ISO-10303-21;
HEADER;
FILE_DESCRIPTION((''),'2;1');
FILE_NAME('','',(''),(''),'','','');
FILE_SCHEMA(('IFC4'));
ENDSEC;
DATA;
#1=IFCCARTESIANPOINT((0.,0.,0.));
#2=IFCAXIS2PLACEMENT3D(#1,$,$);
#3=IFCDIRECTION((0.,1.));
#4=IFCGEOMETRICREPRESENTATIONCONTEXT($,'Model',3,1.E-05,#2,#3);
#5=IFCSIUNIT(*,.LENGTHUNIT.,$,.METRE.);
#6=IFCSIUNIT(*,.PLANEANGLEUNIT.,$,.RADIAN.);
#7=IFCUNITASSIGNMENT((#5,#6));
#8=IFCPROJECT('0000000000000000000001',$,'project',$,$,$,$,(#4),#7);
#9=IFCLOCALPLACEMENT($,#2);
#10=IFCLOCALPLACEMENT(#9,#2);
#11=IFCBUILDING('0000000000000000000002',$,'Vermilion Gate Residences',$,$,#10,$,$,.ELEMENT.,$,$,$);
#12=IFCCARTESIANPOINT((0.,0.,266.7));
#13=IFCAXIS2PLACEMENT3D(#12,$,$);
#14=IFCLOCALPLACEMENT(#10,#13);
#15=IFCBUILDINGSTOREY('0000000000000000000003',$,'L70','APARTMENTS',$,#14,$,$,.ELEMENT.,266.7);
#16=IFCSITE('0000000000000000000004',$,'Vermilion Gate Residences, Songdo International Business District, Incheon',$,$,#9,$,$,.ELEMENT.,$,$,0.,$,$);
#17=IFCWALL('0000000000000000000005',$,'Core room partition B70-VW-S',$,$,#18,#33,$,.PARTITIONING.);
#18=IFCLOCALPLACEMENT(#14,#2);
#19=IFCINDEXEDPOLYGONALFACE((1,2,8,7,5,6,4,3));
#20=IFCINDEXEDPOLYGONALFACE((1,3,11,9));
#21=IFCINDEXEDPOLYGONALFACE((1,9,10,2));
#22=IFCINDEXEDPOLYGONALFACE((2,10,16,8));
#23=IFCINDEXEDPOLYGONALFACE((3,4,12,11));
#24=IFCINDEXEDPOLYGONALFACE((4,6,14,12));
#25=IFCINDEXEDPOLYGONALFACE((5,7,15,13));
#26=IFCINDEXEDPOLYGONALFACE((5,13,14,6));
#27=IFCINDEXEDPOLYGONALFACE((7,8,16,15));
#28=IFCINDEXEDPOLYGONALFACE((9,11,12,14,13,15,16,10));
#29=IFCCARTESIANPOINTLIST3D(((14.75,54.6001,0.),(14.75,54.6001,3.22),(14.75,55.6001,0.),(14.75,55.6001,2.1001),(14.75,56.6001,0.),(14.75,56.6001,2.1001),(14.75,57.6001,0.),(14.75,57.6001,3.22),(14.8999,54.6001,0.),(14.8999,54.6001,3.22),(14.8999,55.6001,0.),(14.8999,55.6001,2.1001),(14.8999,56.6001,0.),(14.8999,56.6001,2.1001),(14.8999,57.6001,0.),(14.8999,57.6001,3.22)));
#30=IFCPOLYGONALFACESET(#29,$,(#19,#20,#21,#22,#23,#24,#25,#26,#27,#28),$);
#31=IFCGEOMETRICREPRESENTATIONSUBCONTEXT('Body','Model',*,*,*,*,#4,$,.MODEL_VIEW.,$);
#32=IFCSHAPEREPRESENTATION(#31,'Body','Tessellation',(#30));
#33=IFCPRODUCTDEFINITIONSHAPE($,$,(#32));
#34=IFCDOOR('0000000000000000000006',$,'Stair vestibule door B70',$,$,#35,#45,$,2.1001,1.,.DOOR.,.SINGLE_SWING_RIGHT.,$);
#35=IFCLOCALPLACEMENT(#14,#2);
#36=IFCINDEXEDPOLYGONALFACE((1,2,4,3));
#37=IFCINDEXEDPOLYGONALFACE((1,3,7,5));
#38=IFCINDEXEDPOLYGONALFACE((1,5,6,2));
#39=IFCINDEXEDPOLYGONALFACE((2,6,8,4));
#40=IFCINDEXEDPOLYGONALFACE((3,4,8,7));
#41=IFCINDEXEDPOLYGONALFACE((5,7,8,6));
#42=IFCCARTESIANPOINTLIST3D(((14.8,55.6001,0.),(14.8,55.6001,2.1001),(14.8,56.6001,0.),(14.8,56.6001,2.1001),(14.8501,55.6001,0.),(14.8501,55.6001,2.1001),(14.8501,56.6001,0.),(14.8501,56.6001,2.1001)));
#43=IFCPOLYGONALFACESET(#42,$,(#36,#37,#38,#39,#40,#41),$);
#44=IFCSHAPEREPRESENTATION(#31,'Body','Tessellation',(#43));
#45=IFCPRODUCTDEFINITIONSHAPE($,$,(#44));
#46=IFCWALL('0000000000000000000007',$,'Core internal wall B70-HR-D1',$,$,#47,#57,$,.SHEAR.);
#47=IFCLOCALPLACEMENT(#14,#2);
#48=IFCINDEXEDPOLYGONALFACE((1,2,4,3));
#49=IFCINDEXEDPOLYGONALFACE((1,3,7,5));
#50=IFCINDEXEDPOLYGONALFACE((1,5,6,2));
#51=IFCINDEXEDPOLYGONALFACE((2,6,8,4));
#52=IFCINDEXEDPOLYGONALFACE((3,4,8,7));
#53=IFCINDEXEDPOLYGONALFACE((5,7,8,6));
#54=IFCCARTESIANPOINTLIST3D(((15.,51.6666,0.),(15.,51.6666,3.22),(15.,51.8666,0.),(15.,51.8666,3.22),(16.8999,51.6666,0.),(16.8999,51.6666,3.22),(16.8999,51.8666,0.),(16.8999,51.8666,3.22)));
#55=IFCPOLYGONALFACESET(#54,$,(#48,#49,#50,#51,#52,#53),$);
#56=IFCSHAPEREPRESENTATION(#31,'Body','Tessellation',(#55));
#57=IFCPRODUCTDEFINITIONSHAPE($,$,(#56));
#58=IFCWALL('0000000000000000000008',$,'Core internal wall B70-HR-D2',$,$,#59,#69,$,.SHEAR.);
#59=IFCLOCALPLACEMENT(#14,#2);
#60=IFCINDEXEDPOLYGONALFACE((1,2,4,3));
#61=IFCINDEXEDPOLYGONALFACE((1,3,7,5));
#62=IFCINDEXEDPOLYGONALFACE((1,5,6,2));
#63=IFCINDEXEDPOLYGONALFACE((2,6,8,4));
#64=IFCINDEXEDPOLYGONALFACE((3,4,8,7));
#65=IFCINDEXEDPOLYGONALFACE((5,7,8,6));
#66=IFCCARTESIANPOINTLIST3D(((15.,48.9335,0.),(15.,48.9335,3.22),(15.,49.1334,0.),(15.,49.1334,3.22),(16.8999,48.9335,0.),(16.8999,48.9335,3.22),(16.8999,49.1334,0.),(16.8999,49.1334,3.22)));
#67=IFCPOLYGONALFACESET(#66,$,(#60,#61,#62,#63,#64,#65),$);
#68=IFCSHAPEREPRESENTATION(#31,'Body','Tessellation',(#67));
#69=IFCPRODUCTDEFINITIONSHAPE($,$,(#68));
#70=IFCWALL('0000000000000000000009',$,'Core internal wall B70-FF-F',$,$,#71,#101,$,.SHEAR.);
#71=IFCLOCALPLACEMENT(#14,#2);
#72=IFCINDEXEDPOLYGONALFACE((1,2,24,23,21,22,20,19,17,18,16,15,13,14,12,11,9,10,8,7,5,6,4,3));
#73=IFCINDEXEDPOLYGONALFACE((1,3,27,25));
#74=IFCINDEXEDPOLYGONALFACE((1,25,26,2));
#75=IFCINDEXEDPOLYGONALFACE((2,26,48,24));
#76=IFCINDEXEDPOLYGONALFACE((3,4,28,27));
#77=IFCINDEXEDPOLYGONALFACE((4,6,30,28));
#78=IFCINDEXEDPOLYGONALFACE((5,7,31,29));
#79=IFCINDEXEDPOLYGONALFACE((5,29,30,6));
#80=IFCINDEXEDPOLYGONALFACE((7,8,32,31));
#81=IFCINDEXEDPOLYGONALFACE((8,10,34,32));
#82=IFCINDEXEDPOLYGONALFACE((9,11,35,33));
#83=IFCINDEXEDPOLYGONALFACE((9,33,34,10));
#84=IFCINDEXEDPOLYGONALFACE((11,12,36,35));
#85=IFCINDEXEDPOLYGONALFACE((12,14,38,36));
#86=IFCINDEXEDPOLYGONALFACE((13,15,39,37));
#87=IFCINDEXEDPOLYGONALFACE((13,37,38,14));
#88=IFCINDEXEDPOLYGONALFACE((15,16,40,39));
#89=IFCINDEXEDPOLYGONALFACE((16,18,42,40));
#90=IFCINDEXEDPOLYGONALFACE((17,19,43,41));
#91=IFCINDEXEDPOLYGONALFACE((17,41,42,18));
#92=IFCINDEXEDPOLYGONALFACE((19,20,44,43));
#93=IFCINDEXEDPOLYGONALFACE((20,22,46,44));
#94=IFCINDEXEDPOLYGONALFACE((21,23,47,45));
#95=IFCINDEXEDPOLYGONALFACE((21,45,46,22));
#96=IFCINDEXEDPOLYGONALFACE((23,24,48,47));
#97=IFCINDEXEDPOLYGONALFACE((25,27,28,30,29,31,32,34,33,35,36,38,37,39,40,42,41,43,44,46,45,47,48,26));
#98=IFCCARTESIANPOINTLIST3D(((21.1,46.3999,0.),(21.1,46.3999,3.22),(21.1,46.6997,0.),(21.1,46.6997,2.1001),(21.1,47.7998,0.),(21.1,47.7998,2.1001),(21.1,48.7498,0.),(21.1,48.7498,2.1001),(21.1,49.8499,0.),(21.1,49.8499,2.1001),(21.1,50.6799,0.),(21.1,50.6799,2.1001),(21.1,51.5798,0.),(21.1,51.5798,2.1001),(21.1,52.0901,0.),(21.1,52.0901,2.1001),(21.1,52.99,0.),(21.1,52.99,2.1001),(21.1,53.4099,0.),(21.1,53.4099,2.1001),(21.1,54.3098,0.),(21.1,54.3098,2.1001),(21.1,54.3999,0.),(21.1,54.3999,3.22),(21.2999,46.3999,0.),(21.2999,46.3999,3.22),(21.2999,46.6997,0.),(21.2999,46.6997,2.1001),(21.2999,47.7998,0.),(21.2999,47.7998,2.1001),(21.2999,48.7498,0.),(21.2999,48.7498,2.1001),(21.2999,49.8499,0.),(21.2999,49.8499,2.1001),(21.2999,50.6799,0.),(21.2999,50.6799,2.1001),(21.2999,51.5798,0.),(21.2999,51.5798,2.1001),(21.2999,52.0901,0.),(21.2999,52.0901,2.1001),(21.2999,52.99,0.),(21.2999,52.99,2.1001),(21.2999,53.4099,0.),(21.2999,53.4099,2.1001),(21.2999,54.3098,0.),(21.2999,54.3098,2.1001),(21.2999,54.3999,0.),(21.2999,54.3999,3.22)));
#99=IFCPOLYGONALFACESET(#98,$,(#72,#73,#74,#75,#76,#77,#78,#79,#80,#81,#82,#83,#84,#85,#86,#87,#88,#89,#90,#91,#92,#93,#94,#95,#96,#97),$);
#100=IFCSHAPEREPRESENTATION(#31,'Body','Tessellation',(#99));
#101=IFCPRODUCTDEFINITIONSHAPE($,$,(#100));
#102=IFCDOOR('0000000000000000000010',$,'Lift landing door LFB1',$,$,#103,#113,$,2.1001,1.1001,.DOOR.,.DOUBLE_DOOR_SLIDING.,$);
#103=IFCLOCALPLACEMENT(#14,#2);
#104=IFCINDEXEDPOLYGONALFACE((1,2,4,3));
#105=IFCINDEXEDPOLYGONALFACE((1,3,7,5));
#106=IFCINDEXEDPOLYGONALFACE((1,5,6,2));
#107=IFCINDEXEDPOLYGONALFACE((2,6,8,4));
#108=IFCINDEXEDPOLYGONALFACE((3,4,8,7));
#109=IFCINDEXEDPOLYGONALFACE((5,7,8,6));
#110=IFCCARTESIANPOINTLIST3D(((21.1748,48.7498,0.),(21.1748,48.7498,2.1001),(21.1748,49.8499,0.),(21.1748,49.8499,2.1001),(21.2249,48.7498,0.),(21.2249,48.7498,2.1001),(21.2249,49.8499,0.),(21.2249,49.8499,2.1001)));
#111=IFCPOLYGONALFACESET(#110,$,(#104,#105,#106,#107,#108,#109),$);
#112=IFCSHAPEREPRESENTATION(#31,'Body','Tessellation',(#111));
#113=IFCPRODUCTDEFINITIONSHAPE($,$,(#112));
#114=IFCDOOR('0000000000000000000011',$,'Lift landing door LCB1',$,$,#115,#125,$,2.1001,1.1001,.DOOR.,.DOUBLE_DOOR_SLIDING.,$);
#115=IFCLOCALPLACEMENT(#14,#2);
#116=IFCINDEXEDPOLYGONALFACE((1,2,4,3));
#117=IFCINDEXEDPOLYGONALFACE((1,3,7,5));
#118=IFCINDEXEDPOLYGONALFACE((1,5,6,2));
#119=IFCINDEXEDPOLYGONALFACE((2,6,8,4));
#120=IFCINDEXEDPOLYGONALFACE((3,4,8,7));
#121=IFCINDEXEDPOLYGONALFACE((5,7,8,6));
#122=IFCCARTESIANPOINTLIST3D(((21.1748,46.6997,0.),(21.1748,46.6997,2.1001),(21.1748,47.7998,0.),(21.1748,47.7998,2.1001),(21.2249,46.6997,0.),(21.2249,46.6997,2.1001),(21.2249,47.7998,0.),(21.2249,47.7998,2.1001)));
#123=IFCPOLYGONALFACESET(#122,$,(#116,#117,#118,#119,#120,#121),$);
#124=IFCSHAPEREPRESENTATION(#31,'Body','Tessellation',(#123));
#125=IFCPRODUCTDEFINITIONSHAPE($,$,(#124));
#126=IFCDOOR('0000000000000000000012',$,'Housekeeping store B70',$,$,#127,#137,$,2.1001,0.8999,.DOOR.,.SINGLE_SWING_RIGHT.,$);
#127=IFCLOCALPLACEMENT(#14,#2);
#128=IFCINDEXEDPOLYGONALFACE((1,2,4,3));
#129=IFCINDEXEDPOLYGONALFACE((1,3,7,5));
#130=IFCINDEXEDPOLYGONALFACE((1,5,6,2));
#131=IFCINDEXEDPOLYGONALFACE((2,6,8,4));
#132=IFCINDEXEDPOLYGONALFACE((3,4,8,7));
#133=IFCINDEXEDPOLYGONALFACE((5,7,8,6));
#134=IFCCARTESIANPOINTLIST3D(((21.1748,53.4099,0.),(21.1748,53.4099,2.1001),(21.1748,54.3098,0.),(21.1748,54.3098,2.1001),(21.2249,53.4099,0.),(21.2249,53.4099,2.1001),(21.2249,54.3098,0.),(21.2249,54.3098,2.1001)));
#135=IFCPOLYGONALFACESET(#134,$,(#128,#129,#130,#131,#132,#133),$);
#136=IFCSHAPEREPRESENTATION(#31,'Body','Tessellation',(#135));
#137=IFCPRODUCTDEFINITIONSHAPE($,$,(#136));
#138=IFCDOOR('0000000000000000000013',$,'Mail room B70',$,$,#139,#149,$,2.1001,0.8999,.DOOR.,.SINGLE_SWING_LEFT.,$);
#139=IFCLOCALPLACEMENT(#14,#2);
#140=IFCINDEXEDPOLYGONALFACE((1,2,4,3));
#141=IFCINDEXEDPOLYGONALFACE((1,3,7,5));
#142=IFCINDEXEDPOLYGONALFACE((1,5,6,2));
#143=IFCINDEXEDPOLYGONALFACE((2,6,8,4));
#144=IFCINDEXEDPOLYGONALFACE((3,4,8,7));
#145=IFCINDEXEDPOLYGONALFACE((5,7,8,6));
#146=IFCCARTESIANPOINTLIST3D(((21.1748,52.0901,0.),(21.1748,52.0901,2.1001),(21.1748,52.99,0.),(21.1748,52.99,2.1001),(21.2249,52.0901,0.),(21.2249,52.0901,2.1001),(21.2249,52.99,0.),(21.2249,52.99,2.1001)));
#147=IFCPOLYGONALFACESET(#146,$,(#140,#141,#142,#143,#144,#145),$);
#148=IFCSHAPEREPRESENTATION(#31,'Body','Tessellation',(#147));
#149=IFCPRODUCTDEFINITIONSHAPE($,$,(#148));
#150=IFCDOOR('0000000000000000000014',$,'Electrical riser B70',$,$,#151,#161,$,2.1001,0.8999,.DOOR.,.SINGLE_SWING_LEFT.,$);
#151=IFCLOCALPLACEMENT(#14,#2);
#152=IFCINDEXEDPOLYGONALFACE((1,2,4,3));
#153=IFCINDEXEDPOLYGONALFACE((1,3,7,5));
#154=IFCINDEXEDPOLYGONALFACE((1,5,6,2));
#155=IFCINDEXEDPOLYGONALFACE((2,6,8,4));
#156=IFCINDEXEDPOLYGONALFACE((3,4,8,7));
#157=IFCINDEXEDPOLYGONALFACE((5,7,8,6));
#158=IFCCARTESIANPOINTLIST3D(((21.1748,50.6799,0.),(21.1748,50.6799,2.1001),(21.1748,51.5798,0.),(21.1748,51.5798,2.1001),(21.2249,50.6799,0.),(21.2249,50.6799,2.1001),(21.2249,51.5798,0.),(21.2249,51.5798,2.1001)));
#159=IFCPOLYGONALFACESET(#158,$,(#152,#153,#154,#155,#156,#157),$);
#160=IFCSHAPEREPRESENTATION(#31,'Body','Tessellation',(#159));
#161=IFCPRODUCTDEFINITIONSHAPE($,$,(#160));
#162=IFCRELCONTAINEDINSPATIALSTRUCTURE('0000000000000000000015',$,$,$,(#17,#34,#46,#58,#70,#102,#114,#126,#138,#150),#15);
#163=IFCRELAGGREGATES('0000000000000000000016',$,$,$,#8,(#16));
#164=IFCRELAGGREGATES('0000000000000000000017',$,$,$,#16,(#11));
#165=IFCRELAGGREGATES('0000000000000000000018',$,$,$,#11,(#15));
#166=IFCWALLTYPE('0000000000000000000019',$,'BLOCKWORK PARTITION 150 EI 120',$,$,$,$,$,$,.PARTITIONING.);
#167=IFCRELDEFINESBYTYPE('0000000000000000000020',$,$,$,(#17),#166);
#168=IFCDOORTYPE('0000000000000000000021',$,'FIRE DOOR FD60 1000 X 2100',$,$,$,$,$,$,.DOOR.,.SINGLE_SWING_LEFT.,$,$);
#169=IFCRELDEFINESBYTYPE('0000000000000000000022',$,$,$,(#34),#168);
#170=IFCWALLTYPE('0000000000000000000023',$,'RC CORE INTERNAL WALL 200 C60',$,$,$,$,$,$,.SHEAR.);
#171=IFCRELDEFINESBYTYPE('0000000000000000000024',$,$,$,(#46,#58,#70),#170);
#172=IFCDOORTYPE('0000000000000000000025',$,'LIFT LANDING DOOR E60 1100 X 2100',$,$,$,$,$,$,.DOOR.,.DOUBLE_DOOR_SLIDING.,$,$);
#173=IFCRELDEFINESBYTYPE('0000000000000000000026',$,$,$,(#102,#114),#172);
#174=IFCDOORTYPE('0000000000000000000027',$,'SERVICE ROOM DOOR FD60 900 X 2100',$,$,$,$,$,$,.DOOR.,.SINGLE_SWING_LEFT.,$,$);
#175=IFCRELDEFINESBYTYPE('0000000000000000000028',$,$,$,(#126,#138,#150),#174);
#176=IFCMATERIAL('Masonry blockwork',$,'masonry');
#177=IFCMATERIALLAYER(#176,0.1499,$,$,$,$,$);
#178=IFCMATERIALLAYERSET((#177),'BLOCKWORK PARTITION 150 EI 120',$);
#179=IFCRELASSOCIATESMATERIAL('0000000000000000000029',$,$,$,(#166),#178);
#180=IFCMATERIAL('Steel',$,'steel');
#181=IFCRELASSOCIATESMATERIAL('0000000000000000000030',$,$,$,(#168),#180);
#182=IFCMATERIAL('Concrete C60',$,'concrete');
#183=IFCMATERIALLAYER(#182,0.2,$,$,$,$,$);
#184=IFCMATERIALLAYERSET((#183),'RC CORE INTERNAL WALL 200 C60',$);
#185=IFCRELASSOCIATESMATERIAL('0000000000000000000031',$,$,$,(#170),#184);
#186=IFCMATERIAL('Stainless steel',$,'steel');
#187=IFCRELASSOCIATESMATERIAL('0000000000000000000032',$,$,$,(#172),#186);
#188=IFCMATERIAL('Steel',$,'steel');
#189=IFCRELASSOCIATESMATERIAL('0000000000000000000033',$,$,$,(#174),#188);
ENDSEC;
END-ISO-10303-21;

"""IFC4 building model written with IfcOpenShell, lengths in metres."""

from ifc_helpers import new_model, si_unit, direction, frame, frame_2d, origin, place, context, subcontext, project, spatial, rectangle, extrude, material, layer, layer_set, type_object, element, fill, save


model = new_model("IFC4")

# Units and contexts
model_context = context("Model", 3, precision=1e-05, world=origin(), true_north=direction((0.0, 1.0)))
body_context = subcontext(model_context, "Body", "Model", "MODEL_VIEW")
ifc_project = project(units=[si_unit("LENGTHUNIT", "METRE"), si_unit("PLANEANGLEUNIT", "RADIAN")], contexts=[model_context])

# Site, building, storey
site_placement = place(None, origin())
site = spatial("IfcSite", under=ifc_project, at=site_placement, Name="Vermilion Gate Residences, Songdo International Business District, Incheon", CompositionType="ELEMENT", RefElevation=0.0)
building_placement = place(site_placement, origin())
building = spatial("IfcBuilding", under=site, at=building_placement, Name="Vermilion Gate Residences", CompositionType="ELEMENT")
storey_placement = place(building_placement, frame((0.0, 0.0, 266.7)))
storey = spatial("IfcBuildingStorey", under=building, at=storey_placement, Name="L70", Description="APARTMENTS", CompositionType="ELEMENT", Elevation=266.7)

# Wall, opening, door
ifc_material_1 = material(Name="Masonry blockwork", Category="masonry")
ifc_layer_1 = layer(ifc_material_1, 0.1499)
ifc_layer_set_1 = layer_set([ifc_layer_1], Name="BLOCKWORK PARTITION 150 EI 120")
wall_type_1 = type_object("IfcWallType", Name="BLOCKWORK PARTITION 150 EI 120", PredefinedType="PARTITIONING", material=ifc_layer_set_1)
wall_1_placement = place(storey_placement, frame((14.825, 57.6001, 0.0), z_axis=(0.0, 0.0, 1.0), x_axis=(0.0, -1.0, 0.0)))
wall_1 = element("IfcWall", 1, at=wall_1_placement, inside=storey, type_object=wall_type_1, Name="Core room partition B70-VW-S", PredefinedType="PARTITIONING", context=body_context, shape_type="SweptSolid", body=[
    extrude(rectangle(XDim=3.0, YDim=0.1499, at=frame_2d((1.5, 0.0))), origin(), (0.0, 0.0, 1.0), 3.22),
])
opening_1_placement = place(wall_1_placement, frame((1.0, 0.0, 0.0)))
opening_1 = element("IfcOpeningElement", 2, at=opening_1_placement, cuts=wall_1, PredefinedType="OPENING", context=body_context, shape_type="SweptSolid", body=[
    extrude(rectangle(XDim=1.0, YDim=2.1001, at=frame_2d((0.5, 1.05))), frame((0.0, 0.085, 0.0), z_axis=(0.0, -1.0, 0.0), x_axis=(1.0, 0.0, 0.0)), (0.0, 0.0, 1.0), 0.1699),
])
ifc_material_2 = material(Name="Steel", Category="steel")
door_type_1 = type_object("IfcDoorType", Name="FIRE DOOR FD60 1000 X 2100", OperationType="SINGLE_SWING_LEFT", PredefinedType="DOOR", material=ifc_material_2)
door_1_placement = place(opening_1_placement, frame((1.0, 0.0, 0.0), z_axis=(0.0, 0.0, 1.0), x_axis=(-1.0, 0.0, 0.0)))
door_1 = element("IfcDoor", 3, at=door_1_placement, inside=storey, type_object=door_type_1, Name="Stair vestibule door B70", OperationType="SINGLE_SWING_RIGHT", OverallHeight=2.1001, OverallWidth=1.0, PredefinedType="DOOR", context=body_context, shape_type="SweptSolid", body=[
    extrude(rectangle(XDim=1.0, YDim=2.1001, at=frame_2d((0.5, 1.05))), frame((0.0, 0.0249, 0.0), z_axis=(0.0, -1.0, 0.0), x_axis=(1.0, 0.0, 0.0)), (0.0, 0.0, 1.0), 0.05),
])
fill(opening_1, door_1)

# Walls
ifc_material_3 = material(Name="Concrete C60", Category="concrete")
ifc_layer_2 = layer(ifc_material_3, 0.2)
ifc_layer_set_2 = layer_set([ifc_layer_2], Name="RC CORE INTERNAL WALL 200 C60")
wall_type_2 = type_object("IfcWallType", Name="RC CORE INTERNAL WALL 200 C60", PredefinedType="SHEAR", material=ifc_layer_set_2)
for number, where, z_axis, x_axis, name in (
    (4, (15.0, 51.7666, 0.0), (0.0, 0.0, 1.0), (1.0, 0.0, 0.0), "Core internal wall B70-HR-D1"),
    (5, (15.0, 49.0334, 0.0), (0.0, 0.0, 1.0), (1.0, 0.0, 0.0), "Core internal wall B70-HR-D2"),
):
    element("IfcWall", number, at=place(storey_placement, frame(where, z_axis=z_axis, x_axis=x_axis)), inside=storey, type_object=wall_type_2, Name=name, PredefinedType="SHEAR", context=body_context, shape_type="SweptSolid", body=[
        extrude(rectangle(XDim=1.8999, YDim=0.2, at=frame_2d((0.95, 0.0))), origin(), (0.0, 0.0, 1.0), 3.22),
    ])

# Wall, openings, doors
wall_2_placement = place(storey_placement, frame((21.2, 54.3999, 0.0), z_axis=(0.0, 0.0, 1.0), x_axis=(0.0, -1.0, 0.0)))
wall_2 = element("IfcWall", 6, at=wall_2_placement, inside=storey, type_object=wall_type_2, Name="Core internal wall B70-FF-F", PredefinedType="SHEAR", context=body_context, shape_type="SweptSolid", body=[
    extrude(rectangle(XDim=8.0, YDim=0.2, at=frame_2d((4.0, 0.0))), origin(), (0.0, 0.0, 1.0), 3.22),
])
opening_2_placement = place(wall_2_placement, frame((0.0901, 0.0, 0.0)))
opening_2 = element("IfcOpeningElement", 7, at=opening_2_placement, cuts=wall_2, PredefinedType="OPENING", context=body_context, shape_type="SweptSolid", body=[
    extrude(rectangle(XDim=0.8999, YDim=2.1001, at=frame_2d((0.45, 1.05))), frame((0.0, 0.1099, 0.0), z_axis=(0.0, -1.0, 0.0), x_axis=(1.0, 0.0, 0.0)), (0.0, 0.0, 1.0), 0.22),
])
opening_3_placement = place(wall_2_placement, frame((1.4099, 0.0, 0.0)))
opening_3 = element("IfcOpeningElement", 8, at=opening_3_placement, cuts=wall_2, PredefinedType="OPENING", context=body_context, shape_type="SweptSolid", body=[
    extrude(rectangle(XDim=0.8999, YDim=2.1001, at=frame_2d((0.45, 1.05))), frame((0.0, 0.1099, 0.0), z_axis=(0.0, -1.0, 0.0), x_axis=(1.0, 0.0, 0.0)), (0.0, 0.0, 1.0), 0.22),
])
opening_4_placement = place(wall_2_placement, frame((2.8201, 0.0, 0.0)))
opening_4 = element("IfcOpeningElement", 9, at=opening_4_placement, cuts=wall_2, PredefinedType="OPENING", context=body_context, shape_type="SweptSolid", body=[
    extrude(rectangle(XDim=0.8999, YDim=2.1001, at=frame_2d((0.45, 1.05))), frame((0.0, 0.1099, 0.0), z_axis=(0.0, -1.0, 0.0), x_axis=(1.0, 0.0, 0.0)), (0.0, 0.0, 1.0), 0.22),
])
opening_5_placement = place(wall_2_placement, frame((4.55, 0.0, 0.0)))
opening_5 = element("IfcOpeningElement", 10, at=opening_5_placement, cuts=wall_2, PredefinedType="OPENING", context=body_context, shape_type="SweptSolid", body=[
    extrude(rectangle(XDim=1.1001, YDim=2.1001, at=frame_2d((0.55, 1.05))), frame((0.0, 0.1099, 0.0), z_axis=(0.0, -1.0, 0.0), x_axis=(1.0, 0.0, 0.0)), (0.0, 0.0, 1.0), 0.22),
])
opening_6_placement = place(wall_2_placement, frame((6.6001, 0.0, 0.0)))
opening_6 = element("IfcOpeningElement", 11, at=opening_6_placement, cuts=wall_2, PredefinedType="OPENING", context=body_context, shape_type="SweptSolid", body=[
    extrude(rectangle(XDim=1.1001, YDim=2.1001, at=frame_2d((0.55, 1.05))), frame((0.0, 0.1099, 0.0), z_axis=(0.0, -1.0, 0.0), x_axis=(1.0, 0.0, 0.0)), (0.0, 0.0, 1.0), 0.22),
])
ifc_material_4 = material(Name="Stainless steel", Category="steel")
door_type_2 = type_object("IfcDoorType", Name="LIFT LANDING DOOR E60 1100 X 2100", OperationType="DOUBLE_DOOR_SLIDING", PredefinedType="DOOR", material=ifc_material_4)
door_2_placement = place(opening_5_placement, origin())
door_2 = element("IfcDoor", 12, at=door_2_placement, inside=storey, type_object=door_type_2, Name="Lift landing door LFB1", OperationType="DOUBLE_DOOR_SLIDING", OverallHeight=2.1001, OverallWidth=1.1001, PredefinedType="DOOR", context=body_context, shape_type="SweptSolid", body=[
    extrude(rectangle(XDim=1.1001, YDim=2.1001, at=frame_2d((0.55, 1.05))), frame((0.0, 0.0249, 0.0), z_axis=(0.0, -1.0, 0.0), x_axis=(1.0, 0.0, 0.0)), (0.0, 0.0, 1.0), 0.05),
])
fill(opening_5, door_2)
door_3_placement = place(opening_6_placement, origin())
door_3 = element("IfcDoor", 13, at=door_3_placement, inside=storey, type_object=door_type_2, Name="Lift landing door LCB1", OperationType="DOUBLE_DOOR_SLIDING", OverallHeight=2.1001, OverallWidth=1.1001, PredefinedType="DOOR", context=body_context, shape_type="SweptSolid", body=[
    extrude(rectangle(XDim=1.1001, YDim=2.1001, at=frame_2d((0.55, 1.05))), frame((0.0, 0.0249, 0.0), z_axis=(0.0, -1.0, 0.0), x_axis=(1.0, 0.0, 0.0)), (0.0, 0.0, 1.0), 0.05),
])
fill(opening_6, door_3)
ifc_material_5 = material(Name="Steel", Category="steel")
door_type_3 = type_object("IfcDoorType", Name="SERVICE ROOM DOOR FD60 900 X 2100", OperationType="SINGLE_SWING_LEFT", PredefinedType="DOOR", material=ifc_material_5)
door_4_placement = place(opening_2_placement, origin())
door_4 = element("IfcDoor", 14, at=door_4_placement, inside=storey, type_object=door_type_3, Name="Housekeeping store B70", OperationType="SINGLE_SWING_RIGHT", OverallHeight=2.1001, OverallWidth=0.8999, PredefinedType="DOOR", context=body_context, shape_type="SweptSolid", body=[
    extrude(rectangle(XDim=0.8999, YDim=2.1001, at=frame_2d((0.45, 1.05))), frame((0.0, 0.0249, 0.0), z_axis=(0.0, -1.0, 0.0), x_axis=(1.0, 0.0, 0.0)), (0.0, 0.0, 1.0), 0.05),
])
fill(opening_2, door_4)
door_5_placement = place(opening_3_placement, origin())
door_5 = element("IfcDoor", 15, at=door_5_placement, inside=storey, type_object=door_type_3, Name="Mail room B70", OperationType="SINGLE_SWING_LEFT", OverallHeight=2.1001, OverallWidth=0.8999, PredefinedType="DOOR", context=body_context, shape_type="SweptSolid", body=[
    extrude(rectangle(XDim=0.8999, YDim=2.1001, at=frame_2d((0.45, 1.05))), frame((0.0, 0.0249, 0.0), z_axis=(0.0, -1.0, 0.0), x_axis=(1.0, 0.0, 0.0)), (0.0, 0.0, 1.0), 0.05),
])
fill(opening_3, door_5)
door_6_placement = place(opening_4_placement, origin())
door_6 = element("IfcDoor", 16, at=door_6_placement, inside=storey, type_object=door_type_3, Name="Electrical riser B70", OperationType="SINGLE_SWING_LEFT", OverallHeight=2.1001, OverallWidth=0.8999, PredefinedType="DOOR", context=body_context, shape_type="SweptSolid", body=[
    extrude(rectangle(XDim=0.8999, YDim=2.1001, at=frame_2d((0.45, 1.05))), frame((0.0, 0.0249, 0.0), z_axis=(0.0, -1.0, 0.0), x_axis=(1.0, 0.0, 0.0)), (0.0, 0.0, 1.0), 0.05),
])
fill(opening_4, door_6)

save(model, "model.ifc")
